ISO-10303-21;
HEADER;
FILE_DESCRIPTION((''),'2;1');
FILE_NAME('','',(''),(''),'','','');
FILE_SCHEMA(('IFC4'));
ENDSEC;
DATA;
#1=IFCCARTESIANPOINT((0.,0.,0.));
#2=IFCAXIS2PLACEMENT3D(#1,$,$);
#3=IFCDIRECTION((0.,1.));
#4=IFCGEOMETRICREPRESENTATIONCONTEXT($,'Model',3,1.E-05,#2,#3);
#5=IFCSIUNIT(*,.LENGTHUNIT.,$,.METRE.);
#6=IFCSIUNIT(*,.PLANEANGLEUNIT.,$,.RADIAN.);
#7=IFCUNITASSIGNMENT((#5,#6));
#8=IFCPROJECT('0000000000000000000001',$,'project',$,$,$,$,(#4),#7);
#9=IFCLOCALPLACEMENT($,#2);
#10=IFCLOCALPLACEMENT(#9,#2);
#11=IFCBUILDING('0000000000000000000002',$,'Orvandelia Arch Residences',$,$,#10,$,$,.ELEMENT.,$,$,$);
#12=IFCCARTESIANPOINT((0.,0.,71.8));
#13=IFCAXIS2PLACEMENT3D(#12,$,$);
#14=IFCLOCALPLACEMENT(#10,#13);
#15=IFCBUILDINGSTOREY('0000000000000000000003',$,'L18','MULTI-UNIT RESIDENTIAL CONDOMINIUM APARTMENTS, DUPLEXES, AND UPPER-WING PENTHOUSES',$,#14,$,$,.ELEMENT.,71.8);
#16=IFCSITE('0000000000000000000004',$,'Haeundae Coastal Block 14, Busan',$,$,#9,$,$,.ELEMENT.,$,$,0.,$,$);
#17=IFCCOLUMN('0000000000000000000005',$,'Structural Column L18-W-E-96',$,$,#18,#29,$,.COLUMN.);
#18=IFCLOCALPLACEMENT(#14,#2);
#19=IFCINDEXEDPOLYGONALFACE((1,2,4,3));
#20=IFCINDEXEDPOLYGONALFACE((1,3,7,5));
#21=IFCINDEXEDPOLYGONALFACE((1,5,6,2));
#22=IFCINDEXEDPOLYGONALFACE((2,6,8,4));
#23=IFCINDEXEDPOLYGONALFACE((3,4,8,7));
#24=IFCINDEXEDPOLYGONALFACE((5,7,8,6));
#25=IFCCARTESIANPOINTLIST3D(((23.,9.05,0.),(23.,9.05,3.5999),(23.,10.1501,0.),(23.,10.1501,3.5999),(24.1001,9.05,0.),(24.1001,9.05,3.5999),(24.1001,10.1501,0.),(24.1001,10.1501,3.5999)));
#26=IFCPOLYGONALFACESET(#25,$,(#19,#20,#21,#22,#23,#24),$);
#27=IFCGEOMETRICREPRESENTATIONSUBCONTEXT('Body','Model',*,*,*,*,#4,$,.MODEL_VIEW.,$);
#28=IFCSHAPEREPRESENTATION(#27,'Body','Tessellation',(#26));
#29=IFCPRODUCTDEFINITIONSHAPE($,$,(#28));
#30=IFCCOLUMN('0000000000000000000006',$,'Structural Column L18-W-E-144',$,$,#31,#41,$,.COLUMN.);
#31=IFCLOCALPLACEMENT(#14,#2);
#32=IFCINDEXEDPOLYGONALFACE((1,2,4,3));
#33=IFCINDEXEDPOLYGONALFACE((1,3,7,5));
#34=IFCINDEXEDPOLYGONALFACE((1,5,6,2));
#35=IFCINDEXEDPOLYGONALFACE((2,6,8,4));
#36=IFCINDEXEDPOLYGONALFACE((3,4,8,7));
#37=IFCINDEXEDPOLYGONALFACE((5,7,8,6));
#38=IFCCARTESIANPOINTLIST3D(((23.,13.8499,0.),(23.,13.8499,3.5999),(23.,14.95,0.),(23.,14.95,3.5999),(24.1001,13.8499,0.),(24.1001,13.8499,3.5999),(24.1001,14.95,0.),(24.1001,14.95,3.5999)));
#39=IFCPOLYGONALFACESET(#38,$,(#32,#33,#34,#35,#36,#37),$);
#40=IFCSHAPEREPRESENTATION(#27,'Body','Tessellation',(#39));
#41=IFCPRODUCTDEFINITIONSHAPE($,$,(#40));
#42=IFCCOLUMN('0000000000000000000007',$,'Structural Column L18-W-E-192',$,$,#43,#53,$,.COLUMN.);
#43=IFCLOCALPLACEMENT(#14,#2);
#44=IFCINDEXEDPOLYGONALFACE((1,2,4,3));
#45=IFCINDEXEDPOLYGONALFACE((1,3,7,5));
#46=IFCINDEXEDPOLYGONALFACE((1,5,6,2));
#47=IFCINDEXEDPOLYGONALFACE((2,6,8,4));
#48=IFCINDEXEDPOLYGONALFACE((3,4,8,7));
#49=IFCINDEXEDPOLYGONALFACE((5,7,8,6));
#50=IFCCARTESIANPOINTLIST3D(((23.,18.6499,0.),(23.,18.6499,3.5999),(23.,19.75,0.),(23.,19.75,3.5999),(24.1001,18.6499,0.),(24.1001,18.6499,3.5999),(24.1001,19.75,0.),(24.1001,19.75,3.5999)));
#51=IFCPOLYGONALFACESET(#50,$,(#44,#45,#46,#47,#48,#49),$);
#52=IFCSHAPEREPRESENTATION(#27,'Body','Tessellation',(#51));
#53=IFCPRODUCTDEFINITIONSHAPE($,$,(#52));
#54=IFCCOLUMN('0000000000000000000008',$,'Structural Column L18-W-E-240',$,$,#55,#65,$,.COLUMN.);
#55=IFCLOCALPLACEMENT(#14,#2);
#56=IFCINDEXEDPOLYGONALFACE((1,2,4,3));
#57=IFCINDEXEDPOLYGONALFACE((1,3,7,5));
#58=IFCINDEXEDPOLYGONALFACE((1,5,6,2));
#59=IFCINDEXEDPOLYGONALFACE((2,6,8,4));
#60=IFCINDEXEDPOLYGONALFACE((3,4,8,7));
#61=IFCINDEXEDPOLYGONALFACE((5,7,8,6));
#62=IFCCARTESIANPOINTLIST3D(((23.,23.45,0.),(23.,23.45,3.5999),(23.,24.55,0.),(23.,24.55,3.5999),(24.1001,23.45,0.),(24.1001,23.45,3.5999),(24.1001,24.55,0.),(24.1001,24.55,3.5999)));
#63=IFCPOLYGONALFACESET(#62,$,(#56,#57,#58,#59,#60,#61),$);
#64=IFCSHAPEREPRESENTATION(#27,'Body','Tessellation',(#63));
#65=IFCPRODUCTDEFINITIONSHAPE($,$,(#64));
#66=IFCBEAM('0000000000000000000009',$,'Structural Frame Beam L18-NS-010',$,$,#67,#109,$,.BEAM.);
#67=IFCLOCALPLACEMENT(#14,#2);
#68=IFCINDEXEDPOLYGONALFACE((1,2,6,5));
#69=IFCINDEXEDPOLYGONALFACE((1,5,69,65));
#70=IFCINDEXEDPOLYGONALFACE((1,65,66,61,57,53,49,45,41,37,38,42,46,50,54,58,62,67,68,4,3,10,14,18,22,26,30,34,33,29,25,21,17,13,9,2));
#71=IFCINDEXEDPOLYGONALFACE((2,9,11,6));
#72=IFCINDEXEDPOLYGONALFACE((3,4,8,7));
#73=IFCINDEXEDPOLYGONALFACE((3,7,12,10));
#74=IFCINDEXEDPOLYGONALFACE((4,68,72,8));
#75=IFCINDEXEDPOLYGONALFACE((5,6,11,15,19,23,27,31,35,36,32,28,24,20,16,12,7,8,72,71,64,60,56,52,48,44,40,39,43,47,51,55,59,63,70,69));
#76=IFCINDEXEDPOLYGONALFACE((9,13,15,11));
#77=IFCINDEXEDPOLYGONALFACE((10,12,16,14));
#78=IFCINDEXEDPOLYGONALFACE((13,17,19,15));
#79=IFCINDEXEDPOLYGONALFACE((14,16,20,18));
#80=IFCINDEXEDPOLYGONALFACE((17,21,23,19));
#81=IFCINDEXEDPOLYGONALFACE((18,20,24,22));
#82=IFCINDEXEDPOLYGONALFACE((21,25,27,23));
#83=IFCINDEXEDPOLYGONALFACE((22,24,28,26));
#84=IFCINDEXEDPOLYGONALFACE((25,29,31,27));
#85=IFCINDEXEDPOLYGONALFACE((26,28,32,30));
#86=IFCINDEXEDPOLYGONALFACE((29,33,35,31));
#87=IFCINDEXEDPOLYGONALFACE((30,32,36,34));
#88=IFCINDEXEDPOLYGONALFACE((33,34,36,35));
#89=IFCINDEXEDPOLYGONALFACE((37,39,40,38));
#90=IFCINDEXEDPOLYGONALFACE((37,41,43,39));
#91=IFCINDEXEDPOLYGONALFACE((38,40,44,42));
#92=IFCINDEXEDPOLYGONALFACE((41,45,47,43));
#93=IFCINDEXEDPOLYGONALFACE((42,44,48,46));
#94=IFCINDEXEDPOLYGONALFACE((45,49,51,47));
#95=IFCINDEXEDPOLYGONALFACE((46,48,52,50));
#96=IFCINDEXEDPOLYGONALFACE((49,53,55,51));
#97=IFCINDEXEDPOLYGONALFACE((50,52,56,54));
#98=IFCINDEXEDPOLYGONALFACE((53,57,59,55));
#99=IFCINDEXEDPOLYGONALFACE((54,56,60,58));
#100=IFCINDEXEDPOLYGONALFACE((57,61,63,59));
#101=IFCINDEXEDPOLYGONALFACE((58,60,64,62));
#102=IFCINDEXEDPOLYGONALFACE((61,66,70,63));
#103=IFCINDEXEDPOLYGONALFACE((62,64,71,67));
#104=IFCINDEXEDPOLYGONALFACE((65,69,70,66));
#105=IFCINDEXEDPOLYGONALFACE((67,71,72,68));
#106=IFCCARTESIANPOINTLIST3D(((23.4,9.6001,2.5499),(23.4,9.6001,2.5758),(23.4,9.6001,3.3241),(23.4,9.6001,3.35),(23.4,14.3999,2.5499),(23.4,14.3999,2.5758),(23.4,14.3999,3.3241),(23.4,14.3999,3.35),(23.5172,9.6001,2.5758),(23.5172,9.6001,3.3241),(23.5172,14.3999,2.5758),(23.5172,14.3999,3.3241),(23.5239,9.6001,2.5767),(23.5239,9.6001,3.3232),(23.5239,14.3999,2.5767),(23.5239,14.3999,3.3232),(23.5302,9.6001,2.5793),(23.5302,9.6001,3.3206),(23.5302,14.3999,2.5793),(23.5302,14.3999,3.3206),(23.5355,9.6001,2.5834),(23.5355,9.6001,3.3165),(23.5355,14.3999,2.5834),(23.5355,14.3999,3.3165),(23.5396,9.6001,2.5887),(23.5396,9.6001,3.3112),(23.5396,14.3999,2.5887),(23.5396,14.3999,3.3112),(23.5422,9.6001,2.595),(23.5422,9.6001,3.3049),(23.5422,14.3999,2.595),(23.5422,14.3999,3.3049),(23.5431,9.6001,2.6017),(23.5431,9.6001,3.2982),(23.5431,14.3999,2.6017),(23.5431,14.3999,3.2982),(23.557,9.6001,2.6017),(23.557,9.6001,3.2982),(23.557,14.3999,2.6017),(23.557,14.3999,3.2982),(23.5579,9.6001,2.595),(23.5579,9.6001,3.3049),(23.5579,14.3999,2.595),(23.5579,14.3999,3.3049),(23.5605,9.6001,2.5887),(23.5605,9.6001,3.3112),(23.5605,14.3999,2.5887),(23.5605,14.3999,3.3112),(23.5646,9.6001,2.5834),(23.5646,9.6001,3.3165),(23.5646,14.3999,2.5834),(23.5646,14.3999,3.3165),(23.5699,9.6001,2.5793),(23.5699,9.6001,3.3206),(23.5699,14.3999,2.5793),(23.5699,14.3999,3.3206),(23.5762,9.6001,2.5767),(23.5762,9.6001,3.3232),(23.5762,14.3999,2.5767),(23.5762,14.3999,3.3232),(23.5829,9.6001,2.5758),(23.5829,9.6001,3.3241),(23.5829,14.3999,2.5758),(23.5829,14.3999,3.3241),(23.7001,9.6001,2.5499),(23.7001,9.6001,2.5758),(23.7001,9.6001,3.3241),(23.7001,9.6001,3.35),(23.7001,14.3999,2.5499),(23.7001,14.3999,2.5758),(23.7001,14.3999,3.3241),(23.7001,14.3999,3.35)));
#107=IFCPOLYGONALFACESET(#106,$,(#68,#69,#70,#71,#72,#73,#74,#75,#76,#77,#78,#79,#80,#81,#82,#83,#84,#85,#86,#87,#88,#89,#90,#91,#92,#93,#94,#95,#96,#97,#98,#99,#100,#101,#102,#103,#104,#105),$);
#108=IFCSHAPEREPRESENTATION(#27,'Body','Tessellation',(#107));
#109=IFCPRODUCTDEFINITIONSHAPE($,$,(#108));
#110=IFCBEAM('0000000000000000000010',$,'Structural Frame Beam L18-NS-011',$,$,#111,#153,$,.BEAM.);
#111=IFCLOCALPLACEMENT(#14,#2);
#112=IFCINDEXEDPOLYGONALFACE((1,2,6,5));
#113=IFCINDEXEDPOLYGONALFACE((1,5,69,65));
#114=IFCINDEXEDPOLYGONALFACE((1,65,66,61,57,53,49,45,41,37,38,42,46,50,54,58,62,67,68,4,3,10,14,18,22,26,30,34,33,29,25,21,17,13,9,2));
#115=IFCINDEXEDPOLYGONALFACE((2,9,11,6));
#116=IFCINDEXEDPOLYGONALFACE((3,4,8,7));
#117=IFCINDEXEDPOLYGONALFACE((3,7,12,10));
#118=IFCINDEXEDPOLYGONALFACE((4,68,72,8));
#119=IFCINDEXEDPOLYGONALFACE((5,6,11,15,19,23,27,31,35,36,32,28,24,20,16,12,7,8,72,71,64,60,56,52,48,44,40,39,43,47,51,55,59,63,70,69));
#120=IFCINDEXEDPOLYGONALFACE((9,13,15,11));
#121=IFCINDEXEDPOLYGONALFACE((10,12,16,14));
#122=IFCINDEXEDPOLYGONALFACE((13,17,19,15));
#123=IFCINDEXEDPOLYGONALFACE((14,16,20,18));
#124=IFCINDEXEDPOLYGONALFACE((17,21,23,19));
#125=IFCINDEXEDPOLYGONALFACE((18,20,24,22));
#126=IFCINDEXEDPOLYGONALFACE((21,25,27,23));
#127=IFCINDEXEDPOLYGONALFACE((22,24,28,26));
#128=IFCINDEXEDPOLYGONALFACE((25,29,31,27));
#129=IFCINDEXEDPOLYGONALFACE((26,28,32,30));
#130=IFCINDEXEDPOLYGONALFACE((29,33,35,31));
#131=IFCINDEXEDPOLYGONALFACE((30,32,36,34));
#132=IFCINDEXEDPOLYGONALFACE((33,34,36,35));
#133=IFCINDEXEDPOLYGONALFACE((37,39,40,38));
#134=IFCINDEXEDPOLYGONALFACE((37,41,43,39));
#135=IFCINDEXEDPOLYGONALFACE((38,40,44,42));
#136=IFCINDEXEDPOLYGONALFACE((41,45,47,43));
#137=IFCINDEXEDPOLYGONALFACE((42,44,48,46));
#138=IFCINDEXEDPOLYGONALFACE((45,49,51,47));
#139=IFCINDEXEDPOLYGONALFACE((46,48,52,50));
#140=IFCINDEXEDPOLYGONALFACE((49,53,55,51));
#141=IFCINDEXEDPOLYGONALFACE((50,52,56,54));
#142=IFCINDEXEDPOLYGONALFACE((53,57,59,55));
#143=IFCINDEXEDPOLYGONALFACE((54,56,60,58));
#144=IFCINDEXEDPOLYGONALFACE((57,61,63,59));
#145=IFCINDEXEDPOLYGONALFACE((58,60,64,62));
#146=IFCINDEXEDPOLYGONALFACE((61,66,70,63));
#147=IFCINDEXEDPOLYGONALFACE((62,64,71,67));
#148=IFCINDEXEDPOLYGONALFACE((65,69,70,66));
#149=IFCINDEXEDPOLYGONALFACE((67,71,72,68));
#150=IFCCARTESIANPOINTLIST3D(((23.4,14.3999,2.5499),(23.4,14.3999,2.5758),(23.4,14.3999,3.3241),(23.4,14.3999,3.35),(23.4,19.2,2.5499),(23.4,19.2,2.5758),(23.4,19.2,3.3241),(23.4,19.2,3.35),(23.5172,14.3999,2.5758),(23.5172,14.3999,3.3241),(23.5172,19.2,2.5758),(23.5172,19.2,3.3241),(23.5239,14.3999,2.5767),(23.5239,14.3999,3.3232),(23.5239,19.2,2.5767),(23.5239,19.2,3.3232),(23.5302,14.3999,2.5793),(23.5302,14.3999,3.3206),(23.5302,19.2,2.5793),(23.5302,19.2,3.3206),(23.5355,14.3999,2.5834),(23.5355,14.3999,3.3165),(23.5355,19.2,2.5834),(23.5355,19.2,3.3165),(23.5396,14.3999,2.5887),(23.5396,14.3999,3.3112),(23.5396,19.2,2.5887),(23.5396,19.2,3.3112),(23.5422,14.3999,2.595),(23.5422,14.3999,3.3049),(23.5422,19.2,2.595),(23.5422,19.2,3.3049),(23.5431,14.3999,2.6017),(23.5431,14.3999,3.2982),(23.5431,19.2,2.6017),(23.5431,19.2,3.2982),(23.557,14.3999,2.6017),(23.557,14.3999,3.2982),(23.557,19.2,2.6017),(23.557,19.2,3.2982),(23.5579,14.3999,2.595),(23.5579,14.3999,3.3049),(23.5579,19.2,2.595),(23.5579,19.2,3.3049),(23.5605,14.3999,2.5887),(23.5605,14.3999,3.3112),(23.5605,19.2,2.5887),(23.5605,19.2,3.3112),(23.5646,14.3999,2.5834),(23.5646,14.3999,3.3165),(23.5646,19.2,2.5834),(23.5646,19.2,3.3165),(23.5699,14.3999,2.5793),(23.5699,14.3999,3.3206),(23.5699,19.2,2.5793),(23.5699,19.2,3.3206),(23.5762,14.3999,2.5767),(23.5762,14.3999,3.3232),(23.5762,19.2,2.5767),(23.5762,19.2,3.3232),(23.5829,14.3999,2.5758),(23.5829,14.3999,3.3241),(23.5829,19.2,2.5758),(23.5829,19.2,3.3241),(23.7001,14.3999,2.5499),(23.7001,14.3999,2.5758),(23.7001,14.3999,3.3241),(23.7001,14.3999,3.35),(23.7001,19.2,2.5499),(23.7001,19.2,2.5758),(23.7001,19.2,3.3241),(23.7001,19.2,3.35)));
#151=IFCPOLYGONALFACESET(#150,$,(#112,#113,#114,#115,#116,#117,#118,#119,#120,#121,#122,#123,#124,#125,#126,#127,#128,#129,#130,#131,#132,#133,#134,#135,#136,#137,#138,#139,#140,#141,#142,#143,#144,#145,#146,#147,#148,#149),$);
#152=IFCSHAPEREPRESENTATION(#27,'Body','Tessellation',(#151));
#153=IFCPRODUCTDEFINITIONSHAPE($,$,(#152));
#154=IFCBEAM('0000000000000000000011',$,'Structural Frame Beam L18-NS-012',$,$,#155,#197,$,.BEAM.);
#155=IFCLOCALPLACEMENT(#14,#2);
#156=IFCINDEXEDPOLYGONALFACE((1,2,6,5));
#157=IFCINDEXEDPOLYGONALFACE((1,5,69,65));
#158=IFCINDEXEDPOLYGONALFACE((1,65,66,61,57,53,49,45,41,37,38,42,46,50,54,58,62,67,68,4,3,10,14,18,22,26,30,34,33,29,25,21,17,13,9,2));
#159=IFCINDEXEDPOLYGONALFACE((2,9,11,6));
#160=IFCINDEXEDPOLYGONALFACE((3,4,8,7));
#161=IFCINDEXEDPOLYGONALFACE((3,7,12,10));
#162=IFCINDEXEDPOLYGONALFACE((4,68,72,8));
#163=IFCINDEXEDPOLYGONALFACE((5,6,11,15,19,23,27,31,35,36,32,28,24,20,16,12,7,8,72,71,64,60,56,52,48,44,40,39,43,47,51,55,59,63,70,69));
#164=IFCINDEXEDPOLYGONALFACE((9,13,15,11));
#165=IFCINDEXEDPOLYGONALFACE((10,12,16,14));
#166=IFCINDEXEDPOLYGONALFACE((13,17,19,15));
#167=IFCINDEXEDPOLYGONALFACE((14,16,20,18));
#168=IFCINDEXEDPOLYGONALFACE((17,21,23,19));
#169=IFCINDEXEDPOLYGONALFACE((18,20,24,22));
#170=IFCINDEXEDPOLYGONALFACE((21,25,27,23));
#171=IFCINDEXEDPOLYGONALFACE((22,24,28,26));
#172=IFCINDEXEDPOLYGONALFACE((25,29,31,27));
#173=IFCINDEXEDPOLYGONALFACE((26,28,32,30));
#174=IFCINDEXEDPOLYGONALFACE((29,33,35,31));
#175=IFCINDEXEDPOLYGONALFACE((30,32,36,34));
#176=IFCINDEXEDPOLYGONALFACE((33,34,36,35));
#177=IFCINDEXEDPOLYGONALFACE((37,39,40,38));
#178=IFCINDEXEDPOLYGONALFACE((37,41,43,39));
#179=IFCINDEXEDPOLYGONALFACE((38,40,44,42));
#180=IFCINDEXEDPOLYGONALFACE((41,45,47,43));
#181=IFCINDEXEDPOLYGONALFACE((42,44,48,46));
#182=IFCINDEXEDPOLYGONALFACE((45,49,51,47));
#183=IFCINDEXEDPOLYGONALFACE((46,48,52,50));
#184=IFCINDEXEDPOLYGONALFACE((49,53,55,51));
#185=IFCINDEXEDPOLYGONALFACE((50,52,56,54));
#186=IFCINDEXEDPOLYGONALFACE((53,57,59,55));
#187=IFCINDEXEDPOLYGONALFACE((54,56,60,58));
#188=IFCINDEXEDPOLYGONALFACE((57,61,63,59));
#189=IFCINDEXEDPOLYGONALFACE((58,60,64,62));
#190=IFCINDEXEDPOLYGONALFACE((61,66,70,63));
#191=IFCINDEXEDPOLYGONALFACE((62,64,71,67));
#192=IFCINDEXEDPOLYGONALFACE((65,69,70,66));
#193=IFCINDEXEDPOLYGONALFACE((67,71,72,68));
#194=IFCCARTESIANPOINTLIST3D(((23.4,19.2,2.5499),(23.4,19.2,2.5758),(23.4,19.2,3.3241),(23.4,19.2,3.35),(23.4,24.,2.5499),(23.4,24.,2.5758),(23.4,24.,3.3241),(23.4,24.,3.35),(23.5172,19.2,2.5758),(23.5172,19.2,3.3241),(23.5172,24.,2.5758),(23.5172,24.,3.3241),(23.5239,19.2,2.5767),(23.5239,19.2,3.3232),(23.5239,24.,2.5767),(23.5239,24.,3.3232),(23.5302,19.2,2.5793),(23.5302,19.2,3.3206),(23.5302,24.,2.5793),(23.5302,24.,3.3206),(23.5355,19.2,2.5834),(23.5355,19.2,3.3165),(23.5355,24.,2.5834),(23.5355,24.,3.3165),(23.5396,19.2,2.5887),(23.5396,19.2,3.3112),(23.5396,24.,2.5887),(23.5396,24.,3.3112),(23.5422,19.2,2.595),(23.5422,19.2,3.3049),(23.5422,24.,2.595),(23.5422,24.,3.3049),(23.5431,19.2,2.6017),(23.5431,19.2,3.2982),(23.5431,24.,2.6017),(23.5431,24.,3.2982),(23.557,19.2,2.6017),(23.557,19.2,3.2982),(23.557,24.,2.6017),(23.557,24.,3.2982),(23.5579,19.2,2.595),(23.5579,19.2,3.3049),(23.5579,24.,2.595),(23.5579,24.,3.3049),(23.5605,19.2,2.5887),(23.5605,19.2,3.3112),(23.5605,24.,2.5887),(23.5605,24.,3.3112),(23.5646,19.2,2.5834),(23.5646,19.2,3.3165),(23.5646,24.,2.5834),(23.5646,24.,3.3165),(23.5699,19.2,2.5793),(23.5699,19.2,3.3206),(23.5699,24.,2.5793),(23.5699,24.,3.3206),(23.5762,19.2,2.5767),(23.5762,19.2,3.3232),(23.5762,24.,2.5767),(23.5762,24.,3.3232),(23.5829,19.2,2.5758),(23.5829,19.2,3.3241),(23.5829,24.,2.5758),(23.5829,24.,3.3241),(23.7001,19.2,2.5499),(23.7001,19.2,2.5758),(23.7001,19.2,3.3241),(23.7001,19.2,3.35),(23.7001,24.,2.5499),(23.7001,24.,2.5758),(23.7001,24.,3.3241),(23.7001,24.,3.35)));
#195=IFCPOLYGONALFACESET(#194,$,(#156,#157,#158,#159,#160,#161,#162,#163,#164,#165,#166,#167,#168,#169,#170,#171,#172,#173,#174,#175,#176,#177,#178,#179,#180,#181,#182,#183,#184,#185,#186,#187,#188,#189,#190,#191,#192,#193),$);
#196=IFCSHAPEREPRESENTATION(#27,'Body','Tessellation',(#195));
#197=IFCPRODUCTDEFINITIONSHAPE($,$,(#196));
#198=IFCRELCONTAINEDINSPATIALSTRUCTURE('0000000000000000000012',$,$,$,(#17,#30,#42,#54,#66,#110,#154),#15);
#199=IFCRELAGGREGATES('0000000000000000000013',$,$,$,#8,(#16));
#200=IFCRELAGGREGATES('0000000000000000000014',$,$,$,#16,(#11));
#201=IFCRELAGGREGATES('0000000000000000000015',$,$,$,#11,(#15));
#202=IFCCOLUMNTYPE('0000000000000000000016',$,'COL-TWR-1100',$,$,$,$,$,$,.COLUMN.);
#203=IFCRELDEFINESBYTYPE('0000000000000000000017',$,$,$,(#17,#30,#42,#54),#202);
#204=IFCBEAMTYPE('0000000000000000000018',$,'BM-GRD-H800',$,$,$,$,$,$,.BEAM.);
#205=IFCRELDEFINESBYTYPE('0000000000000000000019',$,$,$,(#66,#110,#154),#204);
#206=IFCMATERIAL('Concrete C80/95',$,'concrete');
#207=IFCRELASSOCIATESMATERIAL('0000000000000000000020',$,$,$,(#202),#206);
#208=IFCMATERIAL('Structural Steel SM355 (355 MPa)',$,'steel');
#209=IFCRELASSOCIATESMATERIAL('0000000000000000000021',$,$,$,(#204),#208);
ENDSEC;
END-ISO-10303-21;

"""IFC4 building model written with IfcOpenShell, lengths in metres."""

from ifc_helpers import new_model, si_unit, direction, frame, origin, origin_2d, place, context, subcontext, project, spatial, rectangle, i_section, extrude, material, material_profile, profile_set, type_object, element, save


model = new_model("IFC4")

# Units and contexts
model_context = context("Model", 3, precision=1e-05, world=origin(), true_north=direction((0.0, 1.0)))
body_context = subcontext(model_context, "Body", "Model", "MODEL_VIEW")
ifc_project = project(units=[si_unit("LENGTHUNIT", "METRE"), si_unit("PLANEANGLEUNIT", "RADIAN")], contexts=[model_context])

# Site, building, storey
site_placement = place(None, origin())
site = spatial("IfcSite", under=ifc_project, at=site_placement, Name="Haeundae Coastal Block 14, Busan", CompositionType="ELEMENT", RefElevation=0.0)
building_placement = place(site_placement, origin())
building = spatial("IfcBuilding", under=site, at=building_placement, Name="Orvandelia Arch Residences", CompositionType="ELEMENT")
storey_placement = place(building_placement, frame((0.0, 0.0, 71.8)))
storey = spatial("IfcBuildingStorey", under=building, at=storey_placement, Name="L18", Description="MULTI-UNIT RESIDENTIAL CONDOMINIUM APARTMENTS, DUPLEXES, AND UPPER-WING PENTHOUSES", CompositionType="ELEMENT", Elevation=71.8)

# Columns
ifc_material_1 = material(Name="Concrete C80/95", Category="concrete")
ifc_material_profile_1 = material_profile(ifc_material_1, rectangle(XDim=1.1001, YDim=1.1001, at=origin_2d()), Name="Concrete C80/95", Category="concrete")
ifc_profile_set_1 = profile_set([ifc_material_profile_1], Name="Concrete C80/95")
column_type = type_object("IfcColumnType", Name="COL-TWR-1100", PredefinedType="COLUMN", material=ifc_profile_set_1)
for number, where, z_axis, x_axis, name in (
    (1, (23.55, 9.6001, 0.0), (0.0, 0.0, 1.0), (1.0, 0.0, 0.0), "Structural Column L18-W-E-96"),
    (2, (23.55, 14.3999, 0.0), (0.0, 0.0, 1.0), (1.0, 0.0, 0.0), "Structural Column L18-W-E-144"),
    (3, (23.55, 19.2, 0.0), (0.0, 0.0, 1.0), (1.0, 0.0, 0.0), "Structural Column L18-W-E-192"),
    (4, (23.55, 24.0, 0.0), (0.0, 0.0, 1.0), (1.0, 0.0, 0.0), "Structural Column L18-W-E-240"),
):
    element("IfcColumn", number, at=place(storey_placement, frame(where, z_axis=z_axis, x_axis=x_axis)), inside=storey, type_object=column_type, Name=name, PredefinedType="COLUMN", context=body_context, shape_type="SweptSolid", body=[
        extrude(rectangle(XDim=1.1001, YDim=1.1001, at=origin_2d()), origin(), (0.0, 0.0, 1.0), 3.5999),
    ])

# Beams
ifc_material_2 = material(Name="Structural Steel SM355 (355 MPa)", Category="steel")
ifc_material_profile_2 = material_profile(ifc_material_2, i_section(OverallWidth=0.3, OverallDepth=0.8, WebThickness=0.0139, FlangeThickness=0.0259, FilletRadius=0.0259, at=origin_2d()), Name="Structural Steel SM355 (355 MPa)", Category="steel")
ifc_profile_set_2 = profile_set([ifc_material_profile_2], Name="Structural Steel SM355 (355 MPa)")
beam_type = type_object("IfcBeamType", Name="BM-GRD-H800", PredefinedType="BEAM", material=ifc_profile_set_2)
beam_1_placement = place(storey_placement, frame((23.55, 9.6001, 2.95), z_axis=(0.0, 1.0, 0.0), x_axis=(-1.0, 0.0, 0.0)))
element("IfcBeam", 5, at=beam_1_placement, inside=storey, type_object=beam_type, Name="Structural Frame Beam L18-NS-010", PredefinedType="BEAM", context=body_context, shape_type="SweptSolid", body=[
    extrude(i_section(OverallWidth=0.3, OverallDepth=0.8, WebThickness=0.0139, FlangeThickness=0.0259, FilletRadius=0.0259, at=origin_2d()), origin(), (0.0, 0.0, 1.0), 4.7998),
])
for number, where, z_axis, x_axis, name in (
    (6, (23.55, 14.3999, 2.95), (0.0, 1.0, 0.0), (-1.0, 0.0, 0.0), "Structural Frame Beam L18-NS-011"),
    (7, (23.55, 19.2, 2.95), (0.0, 1.0, 0.0), (-1.0, 0.0, 0.0), "Structural Frame Beam L18-NS-012"),
):
    element("IfcBeam", number, at=place(storey_placement, frame(where, z_axis=z_axis, x_axis=x_axis)), inside=storey, type_object=beam_type, Name=name, PredefinedType="BEAM", context=body_context, shape_type="SweptSolid", body=[
        extrude(i_section(OverallWidth=0.3, OverallDepth=0.8, WebThickness=0.0139, FlangeThickness=0.0259, FilletRadius=0.0259, at=origin_2d()), origin(), (0.0, 0.0, 1.0), 4.8),
    ])

save(model, "model.ifc")
